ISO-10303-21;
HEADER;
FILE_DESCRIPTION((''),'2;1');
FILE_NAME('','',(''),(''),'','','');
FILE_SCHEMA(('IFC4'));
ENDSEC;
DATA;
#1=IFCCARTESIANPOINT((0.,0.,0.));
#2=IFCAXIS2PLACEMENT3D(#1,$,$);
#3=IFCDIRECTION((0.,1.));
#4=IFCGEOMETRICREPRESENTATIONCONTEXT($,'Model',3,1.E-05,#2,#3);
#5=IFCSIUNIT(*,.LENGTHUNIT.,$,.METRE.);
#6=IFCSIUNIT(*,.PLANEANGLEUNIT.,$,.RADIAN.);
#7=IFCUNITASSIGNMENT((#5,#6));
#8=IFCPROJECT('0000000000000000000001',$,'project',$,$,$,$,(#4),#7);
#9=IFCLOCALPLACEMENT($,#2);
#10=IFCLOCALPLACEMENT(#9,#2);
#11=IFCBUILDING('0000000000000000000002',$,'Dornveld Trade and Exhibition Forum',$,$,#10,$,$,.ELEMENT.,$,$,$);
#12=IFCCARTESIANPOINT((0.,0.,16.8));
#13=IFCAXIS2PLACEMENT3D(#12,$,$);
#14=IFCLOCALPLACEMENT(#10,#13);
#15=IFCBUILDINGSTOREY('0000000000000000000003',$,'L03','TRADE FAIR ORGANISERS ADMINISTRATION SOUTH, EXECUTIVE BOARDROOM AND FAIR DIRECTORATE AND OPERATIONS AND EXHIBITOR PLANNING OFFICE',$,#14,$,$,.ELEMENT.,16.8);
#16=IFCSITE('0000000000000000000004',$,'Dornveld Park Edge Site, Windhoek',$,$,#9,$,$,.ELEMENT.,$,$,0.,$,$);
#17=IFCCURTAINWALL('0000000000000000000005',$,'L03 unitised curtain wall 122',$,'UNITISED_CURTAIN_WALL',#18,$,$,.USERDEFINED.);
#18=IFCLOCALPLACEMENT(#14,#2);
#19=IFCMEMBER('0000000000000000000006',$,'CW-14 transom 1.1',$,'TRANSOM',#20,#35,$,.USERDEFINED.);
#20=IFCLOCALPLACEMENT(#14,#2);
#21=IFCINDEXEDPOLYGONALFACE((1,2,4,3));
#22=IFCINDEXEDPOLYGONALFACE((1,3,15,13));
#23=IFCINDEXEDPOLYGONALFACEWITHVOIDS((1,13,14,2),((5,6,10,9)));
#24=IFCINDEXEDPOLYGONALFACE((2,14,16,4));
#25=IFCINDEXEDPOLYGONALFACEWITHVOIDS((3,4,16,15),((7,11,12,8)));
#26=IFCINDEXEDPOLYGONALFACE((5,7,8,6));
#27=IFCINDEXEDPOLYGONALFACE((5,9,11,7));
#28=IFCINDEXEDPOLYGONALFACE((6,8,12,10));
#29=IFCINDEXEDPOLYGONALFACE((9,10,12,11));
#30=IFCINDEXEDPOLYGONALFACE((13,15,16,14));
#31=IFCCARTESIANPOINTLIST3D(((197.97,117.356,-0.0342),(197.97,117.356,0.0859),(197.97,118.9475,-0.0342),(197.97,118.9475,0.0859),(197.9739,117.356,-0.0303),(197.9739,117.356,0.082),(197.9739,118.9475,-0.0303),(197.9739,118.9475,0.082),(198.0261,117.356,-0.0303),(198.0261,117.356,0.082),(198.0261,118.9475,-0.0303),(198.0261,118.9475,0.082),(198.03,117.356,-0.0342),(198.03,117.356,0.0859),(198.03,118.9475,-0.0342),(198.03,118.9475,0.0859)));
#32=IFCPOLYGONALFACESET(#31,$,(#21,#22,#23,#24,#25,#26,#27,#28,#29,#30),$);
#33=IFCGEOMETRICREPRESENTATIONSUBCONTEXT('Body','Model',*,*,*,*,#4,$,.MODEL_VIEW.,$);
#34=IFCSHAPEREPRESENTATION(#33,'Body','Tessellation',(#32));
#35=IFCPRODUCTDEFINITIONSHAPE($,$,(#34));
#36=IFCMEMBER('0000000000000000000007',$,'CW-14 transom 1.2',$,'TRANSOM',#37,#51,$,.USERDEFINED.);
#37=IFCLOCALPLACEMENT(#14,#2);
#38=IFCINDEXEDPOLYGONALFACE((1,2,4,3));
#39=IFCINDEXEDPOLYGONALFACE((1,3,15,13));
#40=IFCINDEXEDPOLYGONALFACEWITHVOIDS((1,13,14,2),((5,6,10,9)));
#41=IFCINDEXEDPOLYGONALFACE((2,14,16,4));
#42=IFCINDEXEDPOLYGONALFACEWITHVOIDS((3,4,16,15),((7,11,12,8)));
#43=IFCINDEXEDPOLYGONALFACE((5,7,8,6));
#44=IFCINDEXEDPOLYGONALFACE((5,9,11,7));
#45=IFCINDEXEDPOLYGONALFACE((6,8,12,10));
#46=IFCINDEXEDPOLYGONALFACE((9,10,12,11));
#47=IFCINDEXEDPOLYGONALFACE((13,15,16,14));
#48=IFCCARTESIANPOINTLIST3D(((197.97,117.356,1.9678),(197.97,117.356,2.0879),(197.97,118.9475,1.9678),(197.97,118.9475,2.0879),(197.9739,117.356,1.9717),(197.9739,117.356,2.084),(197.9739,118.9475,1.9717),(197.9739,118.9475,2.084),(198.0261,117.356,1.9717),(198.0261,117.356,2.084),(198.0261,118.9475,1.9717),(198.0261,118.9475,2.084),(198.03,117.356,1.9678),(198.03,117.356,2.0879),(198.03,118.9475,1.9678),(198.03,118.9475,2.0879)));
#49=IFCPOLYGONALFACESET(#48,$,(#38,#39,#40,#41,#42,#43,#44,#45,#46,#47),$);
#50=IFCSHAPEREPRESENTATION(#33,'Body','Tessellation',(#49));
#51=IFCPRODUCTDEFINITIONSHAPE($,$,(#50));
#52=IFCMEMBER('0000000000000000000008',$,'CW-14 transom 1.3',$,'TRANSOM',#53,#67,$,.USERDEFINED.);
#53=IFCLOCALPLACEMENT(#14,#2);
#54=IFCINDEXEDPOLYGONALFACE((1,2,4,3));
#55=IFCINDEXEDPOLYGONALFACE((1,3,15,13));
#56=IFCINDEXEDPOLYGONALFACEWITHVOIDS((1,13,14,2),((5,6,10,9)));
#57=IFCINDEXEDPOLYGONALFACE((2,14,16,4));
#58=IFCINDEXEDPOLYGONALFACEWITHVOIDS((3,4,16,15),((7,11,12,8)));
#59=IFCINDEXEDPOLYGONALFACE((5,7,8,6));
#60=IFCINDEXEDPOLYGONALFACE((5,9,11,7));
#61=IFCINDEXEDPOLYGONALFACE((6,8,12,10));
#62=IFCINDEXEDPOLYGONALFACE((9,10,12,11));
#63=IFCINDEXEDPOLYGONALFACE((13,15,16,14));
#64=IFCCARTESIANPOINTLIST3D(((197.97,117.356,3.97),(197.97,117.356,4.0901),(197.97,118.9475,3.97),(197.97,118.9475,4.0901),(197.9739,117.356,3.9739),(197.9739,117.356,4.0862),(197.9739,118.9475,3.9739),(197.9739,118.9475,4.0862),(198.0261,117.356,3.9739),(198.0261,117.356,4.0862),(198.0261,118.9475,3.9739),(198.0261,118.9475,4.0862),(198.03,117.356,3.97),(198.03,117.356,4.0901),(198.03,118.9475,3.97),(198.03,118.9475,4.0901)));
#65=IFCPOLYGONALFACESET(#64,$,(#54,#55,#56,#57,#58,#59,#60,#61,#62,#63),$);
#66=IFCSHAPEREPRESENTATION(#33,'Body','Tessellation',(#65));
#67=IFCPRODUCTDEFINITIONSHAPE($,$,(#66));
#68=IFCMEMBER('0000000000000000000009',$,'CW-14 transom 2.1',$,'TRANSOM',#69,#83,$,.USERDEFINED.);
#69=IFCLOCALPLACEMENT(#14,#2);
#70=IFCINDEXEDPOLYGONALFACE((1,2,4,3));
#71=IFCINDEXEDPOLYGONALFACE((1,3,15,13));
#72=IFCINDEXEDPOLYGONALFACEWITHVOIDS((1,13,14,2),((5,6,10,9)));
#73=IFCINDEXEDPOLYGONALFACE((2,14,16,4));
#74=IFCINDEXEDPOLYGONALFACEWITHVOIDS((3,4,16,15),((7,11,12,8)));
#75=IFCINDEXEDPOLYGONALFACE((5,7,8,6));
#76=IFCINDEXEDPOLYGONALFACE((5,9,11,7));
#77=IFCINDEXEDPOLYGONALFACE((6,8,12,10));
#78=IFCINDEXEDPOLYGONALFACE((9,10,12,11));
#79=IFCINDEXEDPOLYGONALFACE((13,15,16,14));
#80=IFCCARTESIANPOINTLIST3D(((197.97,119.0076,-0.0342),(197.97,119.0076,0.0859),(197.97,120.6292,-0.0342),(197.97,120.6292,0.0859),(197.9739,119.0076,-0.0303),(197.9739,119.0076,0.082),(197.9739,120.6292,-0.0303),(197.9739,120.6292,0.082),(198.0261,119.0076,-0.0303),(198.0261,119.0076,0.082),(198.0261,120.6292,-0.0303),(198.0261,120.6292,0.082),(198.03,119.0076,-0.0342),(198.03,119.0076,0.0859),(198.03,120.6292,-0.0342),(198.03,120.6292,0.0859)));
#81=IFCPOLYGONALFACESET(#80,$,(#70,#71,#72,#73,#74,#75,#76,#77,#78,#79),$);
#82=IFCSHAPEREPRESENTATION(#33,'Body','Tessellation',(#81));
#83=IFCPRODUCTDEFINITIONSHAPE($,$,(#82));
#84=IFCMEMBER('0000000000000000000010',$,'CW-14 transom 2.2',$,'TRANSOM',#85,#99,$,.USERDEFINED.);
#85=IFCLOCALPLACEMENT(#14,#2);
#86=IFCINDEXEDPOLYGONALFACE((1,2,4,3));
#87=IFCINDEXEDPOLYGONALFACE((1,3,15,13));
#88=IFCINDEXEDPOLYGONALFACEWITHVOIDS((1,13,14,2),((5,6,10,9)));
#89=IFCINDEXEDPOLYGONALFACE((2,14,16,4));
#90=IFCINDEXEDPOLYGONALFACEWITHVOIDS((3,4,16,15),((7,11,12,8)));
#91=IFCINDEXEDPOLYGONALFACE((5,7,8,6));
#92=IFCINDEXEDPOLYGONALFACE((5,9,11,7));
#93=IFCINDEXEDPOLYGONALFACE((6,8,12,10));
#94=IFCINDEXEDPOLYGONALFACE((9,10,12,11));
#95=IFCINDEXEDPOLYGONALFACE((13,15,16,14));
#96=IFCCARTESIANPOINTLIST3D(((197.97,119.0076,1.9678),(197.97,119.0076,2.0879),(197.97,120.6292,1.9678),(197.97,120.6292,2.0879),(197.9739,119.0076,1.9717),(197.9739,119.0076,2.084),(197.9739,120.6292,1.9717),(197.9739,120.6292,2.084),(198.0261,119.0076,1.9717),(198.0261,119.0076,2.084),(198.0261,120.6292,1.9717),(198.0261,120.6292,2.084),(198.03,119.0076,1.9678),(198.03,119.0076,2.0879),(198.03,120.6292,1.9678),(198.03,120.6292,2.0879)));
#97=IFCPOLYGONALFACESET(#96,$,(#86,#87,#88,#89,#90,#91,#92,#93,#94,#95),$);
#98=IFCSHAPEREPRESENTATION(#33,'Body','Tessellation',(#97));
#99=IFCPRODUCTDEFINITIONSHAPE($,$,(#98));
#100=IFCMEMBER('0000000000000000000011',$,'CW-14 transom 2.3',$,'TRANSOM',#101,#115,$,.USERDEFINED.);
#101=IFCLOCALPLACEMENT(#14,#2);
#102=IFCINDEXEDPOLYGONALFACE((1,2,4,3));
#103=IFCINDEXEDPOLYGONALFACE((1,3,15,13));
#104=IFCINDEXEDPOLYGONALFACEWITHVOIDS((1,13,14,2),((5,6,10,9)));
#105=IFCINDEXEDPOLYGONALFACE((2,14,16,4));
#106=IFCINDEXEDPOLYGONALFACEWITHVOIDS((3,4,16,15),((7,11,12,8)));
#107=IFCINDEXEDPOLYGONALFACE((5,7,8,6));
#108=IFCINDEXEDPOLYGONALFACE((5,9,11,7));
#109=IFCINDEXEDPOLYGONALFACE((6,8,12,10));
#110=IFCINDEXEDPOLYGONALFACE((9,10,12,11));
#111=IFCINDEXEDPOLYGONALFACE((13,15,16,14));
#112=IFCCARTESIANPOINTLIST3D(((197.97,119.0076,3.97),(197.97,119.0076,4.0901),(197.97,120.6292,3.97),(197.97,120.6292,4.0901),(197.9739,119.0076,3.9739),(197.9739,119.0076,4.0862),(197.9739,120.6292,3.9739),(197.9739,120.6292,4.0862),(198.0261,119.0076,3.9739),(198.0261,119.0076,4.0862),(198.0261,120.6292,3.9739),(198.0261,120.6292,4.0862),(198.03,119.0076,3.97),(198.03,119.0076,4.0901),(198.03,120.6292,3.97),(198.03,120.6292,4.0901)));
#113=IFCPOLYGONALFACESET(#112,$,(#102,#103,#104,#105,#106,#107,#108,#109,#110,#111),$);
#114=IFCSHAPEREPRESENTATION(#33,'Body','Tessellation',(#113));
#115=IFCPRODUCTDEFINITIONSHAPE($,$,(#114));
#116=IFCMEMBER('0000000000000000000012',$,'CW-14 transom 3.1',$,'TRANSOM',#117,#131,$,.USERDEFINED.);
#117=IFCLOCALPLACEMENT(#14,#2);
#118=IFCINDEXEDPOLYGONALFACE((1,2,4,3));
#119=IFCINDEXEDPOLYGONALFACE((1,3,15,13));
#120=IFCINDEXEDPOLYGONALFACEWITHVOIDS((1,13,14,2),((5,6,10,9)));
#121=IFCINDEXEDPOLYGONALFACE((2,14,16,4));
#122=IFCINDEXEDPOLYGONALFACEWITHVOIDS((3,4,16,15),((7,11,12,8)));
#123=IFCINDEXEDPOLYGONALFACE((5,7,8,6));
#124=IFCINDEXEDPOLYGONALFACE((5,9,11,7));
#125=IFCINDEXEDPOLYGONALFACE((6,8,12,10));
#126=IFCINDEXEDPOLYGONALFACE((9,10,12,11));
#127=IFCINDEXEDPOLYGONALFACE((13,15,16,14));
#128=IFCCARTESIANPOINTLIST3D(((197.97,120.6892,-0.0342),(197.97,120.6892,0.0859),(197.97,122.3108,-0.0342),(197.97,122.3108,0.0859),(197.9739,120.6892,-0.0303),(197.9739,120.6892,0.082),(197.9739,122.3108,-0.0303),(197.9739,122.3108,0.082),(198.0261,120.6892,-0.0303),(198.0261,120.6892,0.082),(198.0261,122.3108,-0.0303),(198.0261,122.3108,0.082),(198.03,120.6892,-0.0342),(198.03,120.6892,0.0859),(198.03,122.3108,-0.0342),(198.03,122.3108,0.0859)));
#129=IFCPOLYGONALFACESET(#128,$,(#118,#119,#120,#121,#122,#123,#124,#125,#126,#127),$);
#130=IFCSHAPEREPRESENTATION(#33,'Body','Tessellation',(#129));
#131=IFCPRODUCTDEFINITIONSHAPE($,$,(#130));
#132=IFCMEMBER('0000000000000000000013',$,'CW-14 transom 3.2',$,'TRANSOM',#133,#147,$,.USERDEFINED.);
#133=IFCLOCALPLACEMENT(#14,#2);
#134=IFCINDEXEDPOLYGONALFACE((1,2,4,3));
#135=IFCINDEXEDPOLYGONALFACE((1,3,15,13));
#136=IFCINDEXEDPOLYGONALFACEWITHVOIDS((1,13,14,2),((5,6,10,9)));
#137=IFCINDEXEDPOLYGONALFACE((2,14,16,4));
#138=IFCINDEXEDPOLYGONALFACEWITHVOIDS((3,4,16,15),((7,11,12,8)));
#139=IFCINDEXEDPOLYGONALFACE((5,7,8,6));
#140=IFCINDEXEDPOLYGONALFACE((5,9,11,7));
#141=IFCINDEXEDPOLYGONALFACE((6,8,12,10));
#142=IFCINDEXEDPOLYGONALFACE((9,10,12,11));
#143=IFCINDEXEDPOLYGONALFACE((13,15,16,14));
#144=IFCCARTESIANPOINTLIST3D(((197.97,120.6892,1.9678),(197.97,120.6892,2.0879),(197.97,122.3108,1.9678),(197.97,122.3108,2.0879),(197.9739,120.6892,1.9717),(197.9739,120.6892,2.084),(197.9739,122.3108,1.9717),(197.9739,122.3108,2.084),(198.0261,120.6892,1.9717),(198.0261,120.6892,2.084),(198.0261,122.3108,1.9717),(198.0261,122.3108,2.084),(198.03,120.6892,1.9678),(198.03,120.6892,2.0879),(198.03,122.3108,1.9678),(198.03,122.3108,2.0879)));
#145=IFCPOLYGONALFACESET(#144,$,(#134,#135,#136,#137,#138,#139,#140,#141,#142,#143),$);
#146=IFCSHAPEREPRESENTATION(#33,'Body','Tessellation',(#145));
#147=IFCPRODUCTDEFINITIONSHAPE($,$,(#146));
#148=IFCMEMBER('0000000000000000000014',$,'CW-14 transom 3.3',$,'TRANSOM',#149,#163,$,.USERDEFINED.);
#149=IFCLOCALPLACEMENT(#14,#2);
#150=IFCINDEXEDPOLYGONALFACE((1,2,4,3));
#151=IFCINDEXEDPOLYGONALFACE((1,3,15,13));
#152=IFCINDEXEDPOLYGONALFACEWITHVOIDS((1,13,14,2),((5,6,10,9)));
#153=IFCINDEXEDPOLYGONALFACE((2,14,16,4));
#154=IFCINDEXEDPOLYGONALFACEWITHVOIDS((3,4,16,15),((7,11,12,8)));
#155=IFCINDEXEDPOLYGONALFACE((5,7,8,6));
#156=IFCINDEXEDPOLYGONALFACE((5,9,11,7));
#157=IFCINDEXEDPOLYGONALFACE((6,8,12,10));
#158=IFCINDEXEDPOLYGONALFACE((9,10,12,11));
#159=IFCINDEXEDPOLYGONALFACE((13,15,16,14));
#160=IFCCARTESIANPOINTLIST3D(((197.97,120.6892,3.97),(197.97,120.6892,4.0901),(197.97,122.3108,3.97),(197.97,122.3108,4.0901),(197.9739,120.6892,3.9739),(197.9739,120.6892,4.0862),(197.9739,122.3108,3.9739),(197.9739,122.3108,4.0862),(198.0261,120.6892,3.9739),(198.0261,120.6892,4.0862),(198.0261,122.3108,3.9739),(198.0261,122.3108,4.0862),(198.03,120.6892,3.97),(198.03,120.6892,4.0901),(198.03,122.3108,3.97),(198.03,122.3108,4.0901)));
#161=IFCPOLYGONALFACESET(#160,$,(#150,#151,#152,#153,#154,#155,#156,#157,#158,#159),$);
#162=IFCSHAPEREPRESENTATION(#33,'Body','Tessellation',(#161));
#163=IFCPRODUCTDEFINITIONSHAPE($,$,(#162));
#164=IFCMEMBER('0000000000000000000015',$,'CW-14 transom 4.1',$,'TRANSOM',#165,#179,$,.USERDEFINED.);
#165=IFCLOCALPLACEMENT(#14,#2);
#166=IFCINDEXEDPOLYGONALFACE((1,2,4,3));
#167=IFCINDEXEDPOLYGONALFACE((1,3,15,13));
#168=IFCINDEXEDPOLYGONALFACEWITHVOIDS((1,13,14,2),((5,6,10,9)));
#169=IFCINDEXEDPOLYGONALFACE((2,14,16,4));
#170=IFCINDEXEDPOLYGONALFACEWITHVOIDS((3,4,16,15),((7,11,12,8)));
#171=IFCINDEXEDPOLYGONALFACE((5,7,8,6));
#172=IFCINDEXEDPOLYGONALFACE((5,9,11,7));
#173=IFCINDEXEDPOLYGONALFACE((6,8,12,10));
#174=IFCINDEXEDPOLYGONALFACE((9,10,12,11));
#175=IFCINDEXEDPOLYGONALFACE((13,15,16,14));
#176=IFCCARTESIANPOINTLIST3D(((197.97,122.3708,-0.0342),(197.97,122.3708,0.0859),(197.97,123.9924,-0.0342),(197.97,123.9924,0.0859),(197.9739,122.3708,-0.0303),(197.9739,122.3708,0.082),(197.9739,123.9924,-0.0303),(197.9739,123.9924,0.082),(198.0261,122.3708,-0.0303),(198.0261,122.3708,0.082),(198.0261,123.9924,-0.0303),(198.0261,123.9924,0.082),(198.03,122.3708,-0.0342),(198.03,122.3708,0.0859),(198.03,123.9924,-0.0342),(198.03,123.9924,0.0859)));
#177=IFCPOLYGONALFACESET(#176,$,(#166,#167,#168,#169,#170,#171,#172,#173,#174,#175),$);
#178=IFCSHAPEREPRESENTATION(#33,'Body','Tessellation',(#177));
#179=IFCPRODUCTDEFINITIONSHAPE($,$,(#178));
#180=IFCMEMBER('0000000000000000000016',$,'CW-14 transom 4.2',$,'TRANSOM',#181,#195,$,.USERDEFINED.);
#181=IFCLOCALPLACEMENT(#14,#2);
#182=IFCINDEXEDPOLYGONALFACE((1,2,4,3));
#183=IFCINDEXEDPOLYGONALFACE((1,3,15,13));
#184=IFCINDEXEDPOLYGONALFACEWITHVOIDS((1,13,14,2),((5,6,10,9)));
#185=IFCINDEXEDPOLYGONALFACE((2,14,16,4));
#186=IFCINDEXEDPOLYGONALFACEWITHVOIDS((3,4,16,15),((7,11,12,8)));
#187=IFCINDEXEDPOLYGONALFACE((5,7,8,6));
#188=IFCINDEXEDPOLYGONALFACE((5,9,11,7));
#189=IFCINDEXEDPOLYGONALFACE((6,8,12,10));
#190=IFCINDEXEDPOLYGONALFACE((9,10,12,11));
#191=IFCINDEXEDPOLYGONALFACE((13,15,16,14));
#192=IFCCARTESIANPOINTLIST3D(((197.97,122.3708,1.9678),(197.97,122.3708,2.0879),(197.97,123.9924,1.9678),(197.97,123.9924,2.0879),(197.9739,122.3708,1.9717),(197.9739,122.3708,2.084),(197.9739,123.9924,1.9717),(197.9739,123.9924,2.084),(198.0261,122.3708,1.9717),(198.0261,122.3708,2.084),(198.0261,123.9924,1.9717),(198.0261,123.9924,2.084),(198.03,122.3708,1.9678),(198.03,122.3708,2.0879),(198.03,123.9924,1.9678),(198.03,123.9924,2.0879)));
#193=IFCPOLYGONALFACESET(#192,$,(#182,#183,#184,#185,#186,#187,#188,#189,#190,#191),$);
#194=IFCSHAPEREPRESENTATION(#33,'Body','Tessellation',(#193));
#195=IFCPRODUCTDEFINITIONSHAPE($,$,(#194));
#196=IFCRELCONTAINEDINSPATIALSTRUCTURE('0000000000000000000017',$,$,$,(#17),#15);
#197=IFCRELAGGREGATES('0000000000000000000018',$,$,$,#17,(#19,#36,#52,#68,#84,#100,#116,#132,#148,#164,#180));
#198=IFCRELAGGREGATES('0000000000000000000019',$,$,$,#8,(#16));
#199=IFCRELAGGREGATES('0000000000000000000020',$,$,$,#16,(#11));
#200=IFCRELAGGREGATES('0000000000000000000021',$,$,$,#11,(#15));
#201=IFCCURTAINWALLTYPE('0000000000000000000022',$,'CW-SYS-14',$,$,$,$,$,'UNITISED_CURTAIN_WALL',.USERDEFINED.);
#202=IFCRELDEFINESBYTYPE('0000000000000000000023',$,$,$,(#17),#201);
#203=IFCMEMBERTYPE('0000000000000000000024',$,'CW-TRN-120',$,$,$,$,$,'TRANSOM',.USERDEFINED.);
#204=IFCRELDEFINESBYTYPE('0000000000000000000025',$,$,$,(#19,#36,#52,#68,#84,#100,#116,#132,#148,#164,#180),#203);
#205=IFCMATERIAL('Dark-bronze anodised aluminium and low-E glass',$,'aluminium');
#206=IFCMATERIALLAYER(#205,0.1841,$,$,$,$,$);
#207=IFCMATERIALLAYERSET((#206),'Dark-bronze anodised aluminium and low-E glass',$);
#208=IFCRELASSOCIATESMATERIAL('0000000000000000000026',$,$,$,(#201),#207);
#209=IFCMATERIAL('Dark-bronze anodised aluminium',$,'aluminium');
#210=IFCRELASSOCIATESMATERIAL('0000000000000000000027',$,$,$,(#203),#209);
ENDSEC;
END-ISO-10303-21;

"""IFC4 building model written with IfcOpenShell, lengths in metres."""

from ifc_helpers import new_model, si_unit, direction, frame, origin, origin_2d, place, context, subcontext, project, spatial, hollow_rectangle, extrude, material, layer, layer_set, material_profile, profile_set, type_object, element, aggregate, save


model = new_model("IFC4")

# Units and contexts
model_context = context("Model", 3, precision=1e-05, world=origin(), true_north=direction((0.0, 1.0)))
body_context = subcontext(model_context, "Body", "Model", "MODEL_VIEW")
ifc_project = project(units=[si_unit("LENGTHUNIT", "METRE"), si_unit("PLANEANGLEUNIT", "RADIAN")], contexts=[model_context])

# Site, building, storey
site_placement = place(None, origin())
site = spatial("IfcSite", under=ifc_project, at=site_placement, Name="Dornveld Park Edge Site, Windhoek", CompositionType="ELEMENT", RefElevation=0.0)
building_placement = place(site_placement, origin())
building = spatial("IfcBuilding", under=site, at=building_placement, Name="Dornveld Trade and Exhibition Forum", CompositionType="ELEMENT")
storey_placement = place(building_placement, frame((0.0, 0.0, 16.8)))
storey = spatial("IfcBuildingStorey", under=building, at=storey_placement, Name="L03", Description="TRADE FAIR ORGANISERS ADMINISTRATION SOUTH, EXECUTIVE BOARDROOM AND FAIR DIRECTORATE AND OPERATIONS AND EXHIBITOR PLANNING OFFICE", CompositionType="ELEMENT", Elevation=16.8)

# Curtain wall, members
ifc_material_1 = material(Name="Dark-bronze anodised aluminium and low-E glass", Category="aluminium")
ifc_layer_1 = layer(ifc_material_1, 0.1841)
ifc_layer_set_1 = layer_set([ifc_layer_1], Name="Dark-bronze anodised aluminium and low-E glass")
curtain_wall_type = type_object("IfcCurtainWallType", Name="CW-SYS-14", ElementType="UNITISED_CURTAIN_WALL", PredefinedType="USERDEFINED", material=ifc_layer_set_1)
curtain_wall_placement = place(storey_placement, origin())
curtain_wall = element("IfcCurtainWall", 1, at=curtain_wall_placement, inside=storey, type_object=curtain_wall_type, Name="L03 unitised curtain wall 122", ObjectType="UNITISED_CURTAIN_WALL", PredefinedType="USERDEFINED")
ifc_material_2 = material(Name="Dark-bronze anodised aluminium", Category="aluminium")
ifc_material_profile_1 = material_profile(ifc_material_2, hollow_rectangle(XDim=0.0601, YDim=0.1201, WallThickness=0.0039, at=origin_2d()), Name="RHS 120x60x4")
ifc_profile_set_1 = profile_set([ifc_material_profile_1], Name="Dark-bronze anodised aluminium")
member_type_1 = type_object("IfcMemberType", Name="CW-TRN-120", ElementType="TRANSOM", PredefinedType="USERDEFINED", material=ifc_profile_set_1)
member_1_placement = place(storey_placement, frame((198.0, 117.356, 0.0259), z_axis=(0.0, 1.0, 0.0), x_axis=(-1.0, 0.0, 0.0)))
member_1 = element("IfcMember", 2, at=member_1_placement, type_object=member_type_1, Name="CW-14 transom 1.1", ObjectType="TRANSOM", PredefinedType="USERDEFINED", context=body_context, shape_type="SweptSolid", body=[
    extrude(hollow_rectangle(XDim=0.0601, YDim=0.1201, WallThickness=0.0039, at=origin_2d()), origin(), (0.0, 0.0, 1.0), 1.5916),
])
member_2_placement = place(storey_placement, frame((198.0, 117.356, 2.0278), z_axis=(0.0, 1.0, 0.0), x_axis=(-1.0, 0.0, 0.0)))
member_2 = element("IfcMember", 3, at=member_2_placement, type_object=member_type_1, Name="CW-14 transom 1.2", ObjectType="TRANSOM", PredefinedType="USERDEFINED", context=body_context, shape_type="SweptSolid", body=[
    extrude(hollow_rectangle(XDim=0.0601, YDim=0.1201, WallThickness=0.0039, at=origin_2d()), origin(), (0.0, 0.0, 1.0), 1.5916),
])
member_3_placement = place(storey_placement, frame((198.0, 117.356, 4.03), z_axis=(0.0, 1.0, 0.0), x_axis=(-1.0, 0.0, 0.0)))
member_3 = element("IfcMember", 4, at=member_3_placement, type_object=member_type_1, Name="CW-14 transom 1.3", ObjectType="TRANSOM", PredefinedType="USERDEFINED", context=body_context, shape_type="SweptSolid", body=[
    extrude(hollow_rectangle(XDim=0.0601, YDim=0.1201, WallThickness=0.0039, at=origin_2d()), origin(), (0.0, 0.0, 1.0), 1.5916),
])
member_4_placement = place(storey_placement, frame((198.0, 119.0076, 0.0259), z_axis=(0.0, 1.0, 0.0), x_axis=(-1.0, 0.0, 0.0)))
member_4 = element("IfcMember", 5, at=member_4_placement, type_object=member_type_1, Name="CW-14 transom 2.1", ObjectType="TRANSOM", PredefinedType="USERDEFINED", context=body_context, shape_type="SweptSolid", body=[
    extrude(hollow_rectangle(XDim=0.0601, YDim=0.1201, WallThickness=0.0039, at=origin_2d()), origin(), (0.0, 0.0, 1.0), 1.6216),
])
member_5_placement = place(storey_placement, frame((198.0, 119.0076, 2.0278), z_axis=(0.0, 1.0, 0.0), x_axis=(-1.0, 0.0, 0.0)))
member_5 = element("IfcMember", 6, at=member_5_placement, type_object=member_type_1, Name="CW-14 transom 2.2", ObjectType="TRANSOM", PredefinedType="USERDEFINED", context=body_context, shape_type="SweptSolid", body=[
    extrude(hollow_rectangle(XDim=0.0601, YDim=0.1201, WallThickness=0.0039, at=origin_2d()), origin(), (0.0, 0.0, 1.0), 1.6216),
])
member_6_placement = place(storey_placement, frame((198.0, 119.0076, 4.03), z_axis=(0.0, 1.0, 0.0), x_axis=(-1.0, 0.0, 0.0)))
member_6 = element("IfcMember", 7, at=member_6_placement, type_object=member_type_1, Name="CW-14 transom 2.3", ObjectType="TRANSOM", PredefinedType="USERDEFINED", context=body_context, shape_type="SweptSolid", body=[
    extrude(hollow_rectangle(XDim=0.0601, YDim=0.1201, WallThickness=0.0039, at=origin_2d()), origin(), (0.0, 0.0, 1.0), 1.6216),
])
member_7_placement = place(storey_placement, frame((198.0, 120.6892, 0.0259), z_axis=(0.0, 1.0, 0.0), x_axis=(-1.0, 0.0, 0.0)))
member_7 = element("IfcMember", 8, at=member_7_placement, type_object=member_type_1, Name="CW-14 transom 3.1", ObjectType="TRANSOM", PredefinedType="USERDEFINED", context=body_context, shape_type="SweptSolid", body=[
    extrude(hollow_rectangle(XDim=0.0601, YDim=0.1201, WallThickness=0.0039, at=origin_2d()), origin(), (0.0, 0.0, 1.0), 1.6216),
])
member_8_placement = place(storey_placement, frame((198.0, 120.6892, 2.0278), z_axis=(0.0, 1.0, 0.0), x_axis=(-1.0, 0.0, 0.0)))
member_8 = element("IfcMember", 9, at=member_8_placement, type_object=member_type_1, Name="CW-14 transom 3.2", ObjectType="TRANSOM", PredefinedType="USERDEFINED", context=body_context, shape_type="SweptSolid", body=[
    extrude(hollow_rectangle(XDim=0.0601, YDim=0.1201, WallThickness=0.0039, at=origin_2d()), origin(), (0.0, 0.0, 1.0), 1.6216),
])
member_9_placement = place(storey_placement, frame((198.0, 120.6892, 4.03), z_axis=(0.0, 1.0, 0.0), x_axis=(-1.0, 0.0, 0.0)))
member_9 = element("IfcMember", 10, at=member_9_placement, type_object=member_type_1, Name="CW-14 transom 3.3", ObjectType="TRANSOM", PredefinedType="USERDEFINED", context=body_context, shape_type="SweptSolid", body=[
    extrude(hollow_rectangle(XDim=0.0601, YDim=0.1201, WallThickness=0.0039, at=origin_2d()), origin(), (0.0, 0.0, 1.0), 1.6216),
])
member_10_placement = place(storey_placement, frame((198.0, 122.3708, 0.0259), z_axis=(0.0, 1.0, 0.0), x_axis=(-1.0, 0.0, 0.0)))
member_10 = element("IfcMember", 11, at=member_10_placement, type_object=member_type_1, Name="CW-14 transom 4.1", ObjectType="TRANSOM", PredefinedType="USERDEFINED", context=body_context, shape_type="SweptSolid", body=[
    extrude(hollow_rectangle(XDim=0.0601, YDim=0.1201, WallThickness=0.0039, at=origin_2d()), origin(), (0.0, 0.0, 1.0), 1.6216),
])
member_11_placement = place(storey_placement, frame((198.0, 122.3708, 2.0278), z_axis=(0.0, 1.0, 0.0), x_axis=(-1.0, 0.0, 0.0)))
member_11 = element("IfcMember", 12, at=member_11_placement, type_object=member_type_1, Name="CW-14 transom 4.2", ObjectType="TRANSOM", PredefinedType="USERDEFINED", context=body_context, shape_type="SweptSolid", body=[
    extrude(hollow_rectangle(XDim=0.0601, YDim=0.1201, WallThickness=0.0039, at=origin_2d()), origin(), (0.0, 0.0, 1.0), 1.6216),
])
aggregate(curtain_wall, [member_1, member_2, member_3, member_4, member_5, member_6, member_7, member_8, member_9, member_10, member_11])

save(model, "model.ifc")
